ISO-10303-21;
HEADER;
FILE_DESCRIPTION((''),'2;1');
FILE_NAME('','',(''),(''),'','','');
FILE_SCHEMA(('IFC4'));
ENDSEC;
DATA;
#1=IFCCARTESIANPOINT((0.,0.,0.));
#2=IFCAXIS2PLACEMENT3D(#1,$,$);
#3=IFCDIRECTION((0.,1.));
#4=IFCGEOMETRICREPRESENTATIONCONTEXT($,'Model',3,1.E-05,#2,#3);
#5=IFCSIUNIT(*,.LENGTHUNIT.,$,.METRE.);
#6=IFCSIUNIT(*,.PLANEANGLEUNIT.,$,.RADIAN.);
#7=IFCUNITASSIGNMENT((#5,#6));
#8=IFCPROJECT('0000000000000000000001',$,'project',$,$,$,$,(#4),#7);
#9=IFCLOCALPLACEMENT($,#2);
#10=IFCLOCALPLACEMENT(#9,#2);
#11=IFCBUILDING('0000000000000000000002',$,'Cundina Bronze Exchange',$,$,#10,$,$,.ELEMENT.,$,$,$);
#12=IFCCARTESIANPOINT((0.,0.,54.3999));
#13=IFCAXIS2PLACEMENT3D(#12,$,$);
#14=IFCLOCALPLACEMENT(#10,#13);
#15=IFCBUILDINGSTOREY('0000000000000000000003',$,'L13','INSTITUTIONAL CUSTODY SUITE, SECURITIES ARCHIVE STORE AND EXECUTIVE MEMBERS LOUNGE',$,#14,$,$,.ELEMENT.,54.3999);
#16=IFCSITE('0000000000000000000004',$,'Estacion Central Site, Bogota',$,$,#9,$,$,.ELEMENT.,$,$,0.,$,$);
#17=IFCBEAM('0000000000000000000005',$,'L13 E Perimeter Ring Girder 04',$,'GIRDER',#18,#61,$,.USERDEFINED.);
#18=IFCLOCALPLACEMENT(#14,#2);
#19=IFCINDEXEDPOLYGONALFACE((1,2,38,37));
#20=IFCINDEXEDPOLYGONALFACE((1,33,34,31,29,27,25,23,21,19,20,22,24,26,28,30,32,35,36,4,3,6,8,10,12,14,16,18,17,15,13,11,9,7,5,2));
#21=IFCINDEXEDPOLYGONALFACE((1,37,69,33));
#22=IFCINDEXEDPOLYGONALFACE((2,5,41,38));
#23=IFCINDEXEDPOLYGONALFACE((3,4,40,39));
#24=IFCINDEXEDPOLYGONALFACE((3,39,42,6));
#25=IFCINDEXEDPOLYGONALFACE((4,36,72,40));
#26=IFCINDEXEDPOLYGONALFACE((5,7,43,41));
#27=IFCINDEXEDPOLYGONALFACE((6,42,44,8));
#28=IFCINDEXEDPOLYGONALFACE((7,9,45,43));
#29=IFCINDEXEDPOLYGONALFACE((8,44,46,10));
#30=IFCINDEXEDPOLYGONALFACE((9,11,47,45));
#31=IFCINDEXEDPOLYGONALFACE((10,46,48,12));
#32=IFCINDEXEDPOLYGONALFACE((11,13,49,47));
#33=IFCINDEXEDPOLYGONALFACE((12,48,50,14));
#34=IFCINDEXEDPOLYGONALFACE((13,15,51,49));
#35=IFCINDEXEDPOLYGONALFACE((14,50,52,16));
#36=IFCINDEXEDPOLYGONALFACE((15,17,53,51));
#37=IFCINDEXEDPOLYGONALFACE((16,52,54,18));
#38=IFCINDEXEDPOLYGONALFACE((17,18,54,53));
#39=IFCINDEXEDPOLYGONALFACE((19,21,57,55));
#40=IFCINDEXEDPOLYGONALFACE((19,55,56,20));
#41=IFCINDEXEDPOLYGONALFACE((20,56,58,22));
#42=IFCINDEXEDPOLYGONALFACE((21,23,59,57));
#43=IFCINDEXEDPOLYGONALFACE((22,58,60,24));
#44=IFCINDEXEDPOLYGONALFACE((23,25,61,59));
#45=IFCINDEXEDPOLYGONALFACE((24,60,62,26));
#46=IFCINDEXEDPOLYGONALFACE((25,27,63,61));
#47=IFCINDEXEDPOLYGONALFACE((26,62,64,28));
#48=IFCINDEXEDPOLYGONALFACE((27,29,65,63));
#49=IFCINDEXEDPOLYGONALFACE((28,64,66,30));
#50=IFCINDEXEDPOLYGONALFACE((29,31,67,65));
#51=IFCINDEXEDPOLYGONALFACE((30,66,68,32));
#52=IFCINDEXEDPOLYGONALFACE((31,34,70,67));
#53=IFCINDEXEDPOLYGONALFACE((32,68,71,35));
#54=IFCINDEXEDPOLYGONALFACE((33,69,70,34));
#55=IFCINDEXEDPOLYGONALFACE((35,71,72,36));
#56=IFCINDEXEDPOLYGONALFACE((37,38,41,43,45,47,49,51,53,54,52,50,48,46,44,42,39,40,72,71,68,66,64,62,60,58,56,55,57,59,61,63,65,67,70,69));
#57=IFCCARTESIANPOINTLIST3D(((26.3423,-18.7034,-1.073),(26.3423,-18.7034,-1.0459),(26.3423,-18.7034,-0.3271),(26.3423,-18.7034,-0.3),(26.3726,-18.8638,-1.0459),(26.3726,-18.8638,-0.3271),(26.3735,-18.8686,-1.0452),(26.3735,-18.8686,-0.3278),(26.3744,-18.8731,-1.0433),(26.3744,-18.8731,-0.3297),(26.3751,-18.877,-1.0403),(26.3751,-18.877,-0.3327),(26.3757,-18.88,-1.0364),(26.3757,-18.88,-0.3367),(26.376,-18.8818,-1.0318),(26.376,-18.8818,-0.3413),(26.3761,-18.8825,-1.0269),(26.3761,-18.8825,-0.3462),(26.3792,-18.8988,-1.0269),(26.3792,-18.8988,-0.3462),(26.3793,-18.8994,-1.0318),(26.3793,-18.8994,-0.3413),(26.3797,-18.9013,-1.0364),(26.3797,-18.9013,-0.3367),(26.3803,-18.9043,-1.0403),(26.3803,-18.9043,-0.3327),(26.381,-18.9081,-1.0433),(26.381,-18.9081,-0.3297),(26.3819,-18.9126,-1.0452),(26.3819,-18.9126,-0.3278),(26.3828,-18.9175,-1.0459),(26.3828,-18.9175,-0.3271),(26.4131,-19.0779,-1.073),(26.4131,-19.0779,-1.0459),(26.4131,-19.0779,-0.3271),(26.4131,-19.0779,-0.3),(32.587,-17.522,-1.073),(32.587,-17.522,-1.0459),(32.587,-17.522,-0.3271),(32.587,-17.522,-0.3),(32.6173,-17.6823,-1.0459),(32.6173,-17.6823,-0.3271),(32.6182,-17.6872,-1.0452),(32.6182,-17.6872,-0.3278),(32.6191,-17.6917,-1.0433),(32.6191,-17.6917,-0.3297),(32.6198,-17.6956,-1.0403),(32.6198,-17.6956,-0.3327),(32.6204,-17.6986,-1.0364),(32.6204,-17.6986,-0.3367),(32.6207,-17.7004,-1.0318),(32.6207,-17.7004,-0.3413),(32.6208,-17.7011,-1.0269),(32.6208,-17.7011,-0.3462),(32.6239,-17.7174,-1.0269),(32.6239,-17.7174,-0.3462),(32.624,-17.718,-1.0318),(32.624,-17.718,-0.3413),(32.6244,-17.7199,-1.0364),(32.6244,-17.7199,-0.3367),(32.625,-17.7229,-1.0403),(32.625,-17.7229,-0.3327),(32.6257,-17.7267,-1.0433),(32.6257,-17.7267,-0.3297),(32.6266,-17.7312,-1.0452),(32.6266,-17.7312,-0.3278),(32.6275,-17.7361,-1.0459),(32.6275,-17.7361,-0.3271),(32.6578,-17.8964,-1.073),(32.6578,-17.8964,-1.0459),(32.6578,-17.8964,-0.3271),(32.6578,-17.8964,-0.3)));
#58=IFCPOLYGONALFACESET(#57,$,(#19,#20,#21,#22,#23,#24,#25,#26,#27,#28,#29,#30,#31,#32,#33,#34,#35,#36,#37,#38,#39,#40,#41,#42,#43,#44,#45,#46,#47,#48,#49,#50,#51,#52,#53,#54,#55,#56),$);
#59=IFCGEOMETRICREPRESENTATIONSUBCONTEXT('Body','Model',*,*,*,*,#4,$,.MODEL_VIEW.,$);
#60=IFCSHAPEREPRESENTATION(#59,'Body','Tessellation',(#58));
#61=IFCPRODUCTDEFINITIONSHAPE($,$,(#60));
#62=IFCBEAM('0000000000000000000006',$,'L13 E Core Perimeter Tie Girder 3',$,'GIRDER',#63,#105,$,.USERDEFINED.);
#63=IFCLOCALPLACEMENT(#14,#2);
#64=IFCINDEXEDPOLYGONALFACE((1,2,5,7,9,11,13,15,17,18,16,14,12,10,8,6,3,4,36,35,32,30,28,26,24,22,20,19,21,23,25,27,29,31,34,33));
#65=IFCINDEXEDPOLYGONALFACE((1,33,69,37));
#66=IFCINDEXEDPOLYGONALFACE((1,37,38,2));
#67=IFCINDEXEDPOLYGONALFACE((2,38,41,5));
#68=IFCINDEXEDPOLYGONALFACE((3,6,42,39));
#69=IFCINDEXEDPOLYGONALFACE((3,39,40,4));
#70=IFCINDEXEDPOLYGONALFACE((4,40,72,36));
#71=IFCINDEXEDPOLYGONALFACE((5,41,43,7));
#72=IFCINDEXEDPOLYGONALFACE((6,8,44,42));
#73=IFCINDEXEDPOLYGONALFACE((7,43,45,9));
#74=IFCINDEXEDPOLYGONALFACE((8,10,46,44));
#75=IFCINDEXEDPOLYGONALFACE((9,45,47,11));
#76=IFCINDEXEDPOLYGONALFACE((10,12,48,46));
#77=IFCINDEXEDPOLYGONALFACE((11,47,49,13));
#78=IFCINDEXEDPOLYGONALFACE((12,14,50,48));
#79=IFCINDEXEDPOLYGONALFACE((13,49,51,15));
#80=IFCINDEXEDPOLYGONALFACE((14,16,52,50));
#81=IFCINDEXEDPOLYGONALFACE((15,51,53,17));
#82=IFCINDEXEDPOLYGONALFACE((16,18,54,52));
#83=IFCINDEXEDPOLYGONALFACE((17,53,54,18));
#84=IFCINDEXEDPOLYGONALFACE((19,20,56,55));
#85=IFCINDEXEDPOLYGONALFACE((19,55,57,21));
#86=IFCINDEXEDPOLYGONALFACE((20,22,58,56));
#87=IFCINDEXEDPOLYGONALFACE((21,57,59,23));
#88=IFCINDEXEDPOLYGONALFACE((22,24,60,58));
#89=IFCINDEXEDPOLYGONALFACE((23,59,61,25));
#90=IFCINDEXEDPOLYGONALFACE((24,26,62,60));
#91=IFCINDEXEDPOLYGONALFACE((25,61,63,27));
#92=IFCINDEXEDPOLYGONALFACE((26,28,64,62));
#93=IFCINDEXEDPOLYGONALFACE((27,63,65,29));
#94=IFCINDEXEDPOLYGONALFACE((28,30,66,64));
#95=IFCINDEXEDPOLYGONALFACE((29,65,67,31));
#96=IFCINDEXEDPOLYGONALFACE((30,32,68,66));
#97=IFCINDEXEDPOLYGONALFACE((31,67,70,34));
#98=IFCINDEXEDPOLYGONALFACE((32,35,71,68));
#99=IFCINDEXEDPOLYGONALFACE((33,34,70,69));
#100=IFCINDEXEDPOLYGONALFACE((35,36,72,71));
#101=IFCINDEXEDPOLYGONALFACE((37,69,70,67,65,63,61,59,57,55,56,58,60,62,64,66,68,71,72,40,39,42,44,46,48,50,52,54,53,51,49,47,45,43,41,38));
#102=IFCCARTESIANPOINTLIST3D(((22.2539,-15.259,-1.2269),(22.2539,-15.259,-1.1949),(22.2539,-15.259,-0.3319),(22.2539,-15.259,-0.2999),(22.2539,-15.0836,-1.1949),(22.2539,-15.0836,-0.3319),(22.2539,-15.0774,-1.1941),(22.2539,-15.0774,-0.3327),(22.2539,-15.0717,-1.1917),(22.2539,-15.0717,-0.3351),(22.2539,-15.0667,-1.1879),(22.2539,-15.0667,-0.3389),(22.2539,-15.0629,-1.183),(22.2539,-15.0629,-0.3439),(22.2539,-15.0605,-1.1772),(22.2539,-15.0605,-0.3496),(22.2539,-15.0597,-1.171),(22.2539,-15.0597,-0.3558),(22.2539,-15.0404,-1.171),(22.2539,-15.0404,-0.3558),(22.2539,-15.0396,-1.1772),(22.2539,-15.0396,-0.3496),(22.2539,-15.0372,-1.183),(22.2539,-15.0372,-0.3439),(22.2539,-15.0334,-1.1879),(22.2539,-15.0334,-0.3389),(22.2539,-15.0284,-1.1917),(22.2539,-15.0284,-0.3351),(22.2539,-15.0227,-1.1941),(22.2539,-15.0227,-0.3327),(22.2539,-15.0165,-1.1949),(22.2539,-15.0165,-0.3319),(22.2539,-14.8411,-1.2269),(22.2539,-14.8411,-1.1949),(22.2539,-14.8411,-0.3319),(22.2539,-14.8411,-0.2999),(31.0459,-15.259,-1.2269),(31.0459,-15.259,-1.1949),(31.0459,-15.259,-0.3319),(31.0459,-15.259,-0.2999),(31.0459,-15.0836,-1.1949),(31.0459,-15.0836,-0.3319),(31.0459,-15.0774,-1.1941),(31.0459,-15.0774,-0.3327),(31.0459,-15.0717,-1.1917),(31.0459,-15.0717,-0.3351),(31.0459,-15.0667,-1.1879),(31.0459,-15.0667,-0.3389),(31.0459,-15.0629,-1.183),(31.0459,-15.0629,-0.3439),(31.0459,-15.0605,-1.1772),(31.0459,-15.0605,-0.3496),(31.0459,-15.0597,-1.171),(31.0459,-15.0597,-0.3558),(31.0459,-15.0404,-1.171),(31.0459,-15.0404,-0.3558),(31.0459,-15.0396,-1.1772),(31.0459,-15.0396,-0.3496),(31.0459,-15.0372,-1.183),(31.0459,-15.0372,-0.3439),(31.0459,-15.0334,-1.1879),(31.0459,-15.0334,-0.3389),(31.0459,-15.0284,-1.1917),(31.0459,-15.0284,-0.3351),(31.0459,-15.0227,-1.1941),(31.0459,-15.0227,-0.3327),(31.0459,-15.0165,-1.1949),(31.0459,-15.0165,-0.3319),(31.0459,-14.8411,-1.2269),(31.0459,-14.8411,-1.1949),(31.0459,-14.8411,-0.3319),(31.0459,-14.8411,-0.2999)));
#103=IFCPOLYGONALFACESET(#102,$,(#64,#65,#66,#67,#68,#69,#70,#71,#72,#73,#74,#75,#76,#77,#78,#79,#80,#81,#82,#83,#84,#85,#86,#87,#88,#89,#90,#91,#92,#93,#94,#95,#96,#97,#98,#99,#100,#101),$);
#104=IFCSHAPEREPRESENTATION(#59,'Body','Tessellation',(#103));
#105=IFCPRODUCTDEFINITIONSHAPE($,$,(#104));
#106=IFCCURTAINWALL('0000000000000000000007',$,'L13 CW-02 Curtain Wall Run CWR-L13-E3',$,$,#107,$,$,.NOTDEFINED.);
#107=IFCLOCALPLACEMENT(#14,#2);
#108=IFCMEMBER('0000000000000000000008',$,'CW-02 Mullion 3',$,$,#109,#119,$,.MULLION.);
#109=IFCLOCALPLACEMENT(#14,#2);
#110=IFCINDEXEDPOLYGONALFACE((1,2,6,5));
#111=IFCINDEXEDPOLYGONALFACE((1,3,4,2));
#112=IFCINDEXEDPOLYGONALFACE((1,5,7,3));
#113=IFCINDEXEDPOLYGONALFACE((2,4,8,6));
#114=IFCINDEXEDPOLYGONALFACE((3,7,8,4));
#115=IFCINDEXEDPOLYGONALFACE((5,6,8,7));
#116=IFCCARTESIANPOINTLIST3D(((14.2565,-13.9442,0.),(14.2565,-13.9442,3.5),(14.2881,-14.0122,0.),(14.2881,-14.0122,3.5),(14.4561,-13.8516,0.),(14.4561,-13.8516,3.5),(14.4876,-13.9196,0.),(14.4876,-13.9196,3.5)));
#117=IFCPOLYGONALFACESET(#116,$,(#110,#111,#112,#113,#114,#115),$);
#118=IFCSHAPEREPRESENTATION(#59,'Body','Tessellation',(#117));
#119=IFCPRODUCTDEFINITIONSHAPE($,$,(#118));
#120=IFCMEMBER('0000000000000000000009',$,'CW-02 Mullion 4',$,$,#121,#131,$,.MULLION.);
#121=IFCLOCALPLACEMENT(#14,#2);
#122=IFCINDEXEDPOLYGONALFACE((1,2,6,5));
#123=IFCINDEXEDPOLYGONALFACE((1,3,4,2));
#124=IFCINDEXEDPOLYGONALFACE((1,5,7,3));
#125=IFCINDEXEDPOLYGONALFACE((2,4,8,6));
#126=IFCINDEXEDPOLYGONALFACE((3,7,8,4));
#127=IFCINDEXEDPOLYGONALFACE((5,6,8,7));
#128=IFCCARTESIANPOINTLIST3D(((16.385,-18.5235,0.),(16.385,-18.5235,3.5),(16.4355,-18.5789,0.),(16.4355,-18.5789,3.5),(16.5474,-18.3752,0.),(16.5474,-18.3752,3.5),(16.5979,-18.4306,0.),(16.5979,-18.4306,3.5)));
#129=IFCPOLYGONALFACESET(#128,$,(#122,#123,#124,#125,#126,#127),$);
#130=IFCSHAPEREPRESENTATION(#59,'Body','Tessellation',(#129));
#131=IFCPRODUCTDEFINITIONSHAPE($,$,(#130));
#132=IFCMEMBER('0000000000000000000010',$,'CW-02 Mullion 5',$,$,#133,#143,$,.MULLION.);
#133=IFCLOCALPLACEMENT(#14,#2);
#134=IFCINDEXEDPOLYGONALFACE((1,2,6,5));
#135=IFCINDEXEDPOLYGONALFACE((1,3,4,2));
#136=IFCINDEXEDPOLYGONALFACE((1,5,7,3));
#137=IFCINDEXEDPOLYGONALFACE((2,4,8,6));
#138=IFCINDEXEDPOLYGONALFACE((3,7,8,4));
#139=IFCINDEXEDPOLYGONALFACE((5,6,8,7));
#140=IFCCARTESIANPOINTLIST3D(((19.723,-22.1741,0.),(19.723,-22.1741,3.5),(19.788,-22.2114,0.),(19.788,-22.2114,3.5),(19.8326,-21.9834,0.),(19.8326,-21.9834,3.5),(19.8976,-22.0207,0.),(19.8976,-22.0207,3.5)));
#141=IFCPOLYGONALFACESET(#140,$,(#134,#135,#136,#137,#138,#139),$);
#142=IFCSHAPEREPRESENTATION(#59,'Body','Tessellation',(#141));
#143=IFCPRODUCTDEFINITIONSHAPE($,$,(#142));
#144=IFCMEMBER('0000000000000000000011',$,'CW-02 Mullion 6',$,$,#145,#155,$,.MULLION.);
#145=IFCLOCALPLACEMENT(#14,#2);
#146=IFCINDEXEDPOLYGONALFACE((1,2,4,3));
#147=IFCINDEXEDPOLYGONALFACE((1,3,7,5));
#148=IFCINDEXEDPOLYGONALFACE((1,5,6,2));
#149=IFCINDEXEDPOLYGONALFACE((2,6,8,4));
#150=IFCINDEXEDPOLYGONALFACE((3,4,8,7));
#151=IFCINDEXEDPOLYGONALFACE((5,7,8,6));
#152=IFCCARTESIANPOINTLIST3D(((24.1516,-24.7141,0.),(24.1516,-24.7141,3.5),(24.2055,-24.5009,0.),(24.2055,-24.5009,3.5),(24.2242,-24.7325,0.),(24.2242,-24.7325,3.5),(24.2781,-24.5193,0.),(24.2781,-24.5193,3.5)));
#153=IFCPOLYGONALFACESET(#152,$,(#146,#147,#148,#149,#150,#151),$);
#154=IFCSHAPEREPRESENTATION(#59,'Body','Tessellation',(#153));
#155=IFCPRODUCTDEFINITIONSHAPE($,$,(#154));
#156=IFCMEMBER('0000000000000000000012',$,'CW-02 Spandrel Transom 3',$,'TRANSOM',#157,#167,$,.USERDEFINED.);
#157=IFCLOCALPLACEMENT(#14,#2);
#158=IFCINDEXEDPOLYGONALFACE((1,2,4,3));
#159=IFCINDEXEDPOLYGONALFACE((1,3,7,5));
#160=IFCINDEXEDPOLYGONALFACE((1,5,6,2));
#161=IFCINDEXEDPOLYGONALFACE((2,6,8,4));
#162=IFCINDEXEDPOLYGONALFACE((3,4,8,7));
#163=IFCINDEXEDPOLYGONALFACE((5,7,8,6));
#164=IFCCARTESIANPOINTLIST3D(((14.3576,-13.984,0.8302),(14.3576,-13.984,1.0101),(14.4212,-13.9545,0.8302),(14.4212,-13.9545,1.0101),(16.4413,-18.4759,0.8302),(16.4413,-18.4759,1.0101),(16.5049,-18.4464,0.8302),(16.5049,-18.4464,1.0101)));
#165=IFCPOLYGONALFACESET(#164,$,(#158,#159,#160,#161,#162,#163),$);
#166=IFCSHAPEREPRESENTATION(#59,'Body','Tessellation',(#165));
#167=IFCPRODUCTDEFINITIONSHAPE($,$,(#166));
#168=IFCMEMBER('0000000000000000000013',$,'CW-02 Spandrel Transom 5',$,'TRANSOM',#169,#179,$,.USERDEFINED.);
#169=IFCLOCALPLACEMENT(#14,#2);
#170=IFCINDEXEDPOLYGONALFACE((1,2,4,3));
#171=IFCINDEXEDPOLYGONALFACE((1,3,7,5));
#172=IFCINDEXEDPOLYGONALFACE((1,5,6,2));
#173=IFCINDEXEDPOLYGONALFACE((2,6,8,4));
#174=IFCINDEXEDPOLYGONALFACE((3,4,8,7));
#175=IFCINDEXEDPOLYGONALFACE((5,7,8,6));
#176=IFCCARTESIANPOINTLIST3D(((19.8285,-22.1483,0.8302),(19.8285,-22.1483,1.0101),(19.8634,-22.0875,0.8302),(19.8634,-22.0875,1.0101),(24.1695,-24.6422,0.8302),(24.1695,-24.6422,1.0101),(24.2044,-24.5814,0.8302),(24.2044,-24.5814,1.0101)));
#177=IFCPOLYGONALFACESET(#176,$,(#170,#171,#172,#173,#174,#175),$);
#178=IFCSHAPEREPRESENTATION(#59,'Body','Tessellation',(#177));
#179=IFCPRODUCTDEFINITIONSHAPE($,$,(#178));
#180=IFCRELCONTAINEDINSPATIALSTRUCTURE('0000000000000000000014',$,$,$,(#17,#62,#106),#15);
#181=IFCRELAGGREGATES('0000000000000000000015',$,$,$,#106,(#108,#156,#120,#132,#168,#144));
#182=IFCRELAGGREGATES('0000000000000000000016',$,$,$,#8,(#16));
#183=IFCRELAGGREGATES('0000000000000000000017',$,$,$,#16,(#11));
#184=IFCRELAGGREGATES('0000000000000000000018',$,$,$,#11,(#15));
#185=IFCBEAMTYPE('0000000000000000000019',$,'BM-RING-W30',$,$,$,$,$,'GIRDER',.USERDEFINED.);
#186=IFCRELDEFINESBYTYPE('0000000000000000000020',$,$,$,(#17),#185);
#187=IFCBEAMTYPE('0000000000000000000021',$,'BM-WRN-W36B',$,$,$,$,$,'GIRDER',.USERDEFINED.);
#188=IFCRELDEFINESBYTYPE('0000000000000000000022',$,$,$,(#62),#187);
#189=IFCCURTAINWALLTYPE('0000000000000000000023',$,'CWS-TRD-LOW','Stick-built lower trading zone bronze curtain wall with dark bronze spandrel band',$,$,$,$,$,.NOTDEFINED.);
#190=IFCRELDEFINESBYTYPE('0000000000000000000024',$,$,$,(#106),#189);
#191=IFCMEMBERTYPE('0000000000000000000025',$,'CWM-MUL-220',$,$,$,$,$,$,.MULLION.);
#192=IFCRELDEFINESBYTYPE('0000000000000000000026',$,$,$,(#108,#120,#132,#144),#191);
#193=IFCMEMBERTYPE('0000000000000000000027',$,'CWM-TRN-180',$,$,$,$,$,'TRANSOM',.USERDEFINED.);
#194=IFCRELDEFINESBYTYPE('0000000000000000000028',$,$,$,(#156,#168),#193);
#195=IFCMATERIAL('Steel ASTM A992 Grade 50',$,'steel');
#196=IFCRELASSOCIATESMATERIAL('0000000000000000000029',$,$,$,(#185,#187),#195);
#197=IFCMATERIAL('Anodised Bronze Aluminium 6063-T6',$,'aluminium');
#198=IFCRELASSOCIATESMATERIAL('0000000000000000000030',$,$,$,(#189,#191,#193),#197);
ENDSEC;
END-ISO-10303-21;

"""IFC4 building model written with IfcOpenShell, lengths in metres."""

from ifc_helpers import new_model, si_unit, direction, frame, origin, origin_2d, place, context, subcontext, project, spatial, rectangle, i_section, extrude, material, material_profile, profile_set, type_object, element, aggregate, save


model = new_model("IFC4")

# Units and contexts
model_context = context("Model", 3, precision=1e-05, world=origin(), true_north=direction((0.0, 1.0)))
body_context = subcontext(model_context, "Body", "Model", "MODEL_VIEW")
ifc_project = project(units=[si_unit("LENGTHUNIT", "METRE"), si_unit("PLANEANGLEUNIT", "RADIAN")], contexts=[model_context])

# Site, building, storey
site_placement = place(None, origin())
site = spatial("IfcSite", under=ifc_project, at=site_placement, Name="Estacion Central Site, Bogota", CompositionType="ELEMENT", RefElevation=0.0)
building_placement = place(site_placement, origin())
building = spatial("IfcBuilding", under=site, at=building_placement, Name="Cundina Bronze Exchange", CompositionType="ELEMENT")
storey_placement = place(building_placement, frame((0.0, 0.0, 54.3999)))
storey = spatial("IfcBuildingStorey", under=building, at=storey_placement, Name="L13", Description="INSTITUTIONAL CUSTODY SUITE, SECURITIES ARCHIVE STORE AND EXECUTIVE MEMBERS LOUNGE", CompositionType="ELEMENT", Elevation=54.3999)

# Shared definitions
ifc_material_1 = material(Name="Steel ASTM A992 Grade 50", Category="steel")

# Beams
ifc_material_profile_1 = material_profile(ifc_material_1, i_section(OverallWidth=0.3811, OverallDepth=0.7729, WebThickness=0.0166, FlangeThickness=0.0271, FilletRadius=0.019, at=origin_2d()), Name="W30X173", Category="steel")
ifc_profile_set_1 = profile_set([ifc_material_profile_1], Name="Steel ASTM A992 Grade 50")
beam_type_1 = type_object("IfcBeamType", Name="BM-RING-W30", ElementType="GIRDER", PredefinedType="USERDEFINED", material=ifc_profile_set_1)
beam_1_placement = place(storey_placement, frame((26.3777, -18.8906, -0.6865), z_axis=(0.982571, 0.185889, 0.0), x_axis=(-0.185889, 0.982571, 0.0)))
element("IfcBeam", 1, at=beam_1_placement, inside=storey, type_object=beam_type_1, Name="L13 E Perimeter Ring Girder 04", ObjectType="GIRDER", PredefinedType="USERDEFINED", context=body_context, shape_type="SweptSolid", body=[
    extrude(i_section(OverallWidth=0.3811, OverallDepth=0.7729, WebThickness=0.0166, FlangeThickness=0.0271, FilletRadius=0.019, at=origin_2d()), origin(), (0.0, 0.0, 1.0), 6.3555),
])
ifc_material_profile_2 = material_profile(ifc_material_1, i_section(OverallWidth=0.418, OverallDepth=0.927, WebThickness=0.0193, FlangeThickness=0.032, FilletRadius=0.0239, at=origin_2d()), Name="W36X231", Category="steel")
ifc_profile_set_2 = profile_set([ifc_material_profile_2], Name="Steel ASTM A992 Grade 50")
beam_type_2 = type_object("IfcBeamType", Name="BM-WRN-W36B", ElementType="GIRDER", PredefinedType="USERDEFINED", material=ifc_profile_set_2)
beam_2_placement = place(storey_placement, frame((22.2539, -15.05, -0.7634), z_axis=(1.0, 0.0, 0.0), x_axis=(0.0, 1.0, 0.0)))
element("IfcBeam", 2, at=beam_2_placement, inside=storey, type_object=beam_type_2, Name="L13 E Core Perimeter Tie Girder 3", ObjectType="GIRDER", PredefinedType="USERDEFINED", context=body_context, shape_type="SweptSolid", body=[
    extrude(i_section(OverallWidth=0.418, OverallDepth=0.927, WebThickness=0.0193, FlangeThickness=0.032, FilletRadius=0.0239, at=origin_2d()), origin(), (0.0, 0.0, 1.0), 8.792),
])

# Curtain wall, members
ifc_material_2 = material(Name="Anodised Bronze Aluminium 6063-T6", Category="aluminium")
curtain_wall_type = type_object("IfcCurtainWallType", Name="CWS-TRD-LOW", Description="Stick-built lower trading zone bronze curtain wall with dark bronze spandrel band", PredefinedType="NOTDEFINED", material=ifc_material_2)
curtain_wall_placement = place(storey_placement, origin())
curtain_wall = element("IfcCurtainWall", 3, at=curtain_wall_placement, inside=storey, type_object=curtain_wall_type, Name="L13 CW-02 Curtain Wall Run CWR-L13-E3", PredefinedType="NOTDEFINED")
ifc_material_profile_3 = material_profile(ifc_material_2, rectangle(XDim=0.075, YDim=0.22, at=origin_2d()), Name="AL75X220", Category="aluminium")
ifc_profile_set_3 = profile_set([ifc_material_profile_3], Name="Anodised Bronze Aluminium 6063-T6")
member_type_1 = type_object("IfcMemberType", Name="CWM-MUL-220", PredefinedType="MULLION", material=ifc_profile_set_3)
member_1_placement = place(storey_placement, frame((14.3721, -13.9319, 0.0), z_axis=(0.0, 0.0, 1.0), x_axis=(0.420877, -0.907117, 0.0)))
member_1 = element("IfcMember", 4, at=member_1_placement, type_object=member_type_1, Name="CW-02 Mullion 3", PredefinedType="MULLION", context=body_context, shape_type="SweptSolid", body=[
    extrude(rectangle(XDim=0.075, YDim=0.22, at=origin_2d()), origin(), (0.0, 0.0, 1.0), 3.5),
])
member_2_placement = place(storey_placement, frame((16.4915, -18.4771, 0.0), z_axis=(0.0, 0.0, 1.0), x_axis=(0.674302, -0.738455, 0.0)))
member_2 = element("IfcMember", 5, at=member_2_placement, type_object=member_type_1, Name="CW-02 Mullion 4", PredefinedType="MULLION", context=body_context, shape_type="SweptSolid", body=[
    extrude(rectangle(XDim=0.075, YDim=0.22, at=origin_2d()), origin(), (0.0, 0.0, 1.0), 3.5),
])
member_3_placement = place(storey_placement, frame((19.8103, -22.0974, 0.0), z_axis=(0.0, 0.0, 1.0), x_axis=(0.867071, -0.498185, 0.0)))
member_3 = element("IfcMember", 6, at=member_3_placement, type_object=member_type_1, Name="CW-02 Mullion 5", PredefinedType="MULLION", context=body_context, shape_type="SweptSolid", body=[
    extrude(rectangle(XDim=0.075, YDim=0.22, at=origin_2d()), origin(), (0.0, 0.0, 1.0), 3.5),
])
member_4_placement = place(storey_placement, frame((24.2148, -24.6167, 0.0), z_axis=(0.0, 0.0, 1.0), x_axis=(0.969488, -0.245138, 0.0)))
member_4 = element("IfcMember", 7, at=member_4_placement, type_object=member_type_1, Name="CW-02 Mullion 6", PredefinedType="MULLION", context=body_context, shape_type="SweptSolid", body=[
    extrude(rectangle(XDim=0.075, YDim=0.22, at=origin_2d()), origin(), (0.0, 0.0, 1.0), 3.5),
])
ifc_material_profile_4 = material_profile(ifc_material_2, rectangle(XDim=0.0701, YDim=0.1799, at=origin_2d()), Name="AL70X180", Category="aluminium")
ifc_profile_set_4 = profile_set([ifc_material_profile_4], Name="Anodised Bronze Aluminium 6063-T6")
member_type_2 = type_object("IfcMemberType", Name="CWM-TRN-180", ElementType="TRANSOM", PredefinedType="USERDEFINED", material=ifc_profile_set_4)
member_5_placement = place(storey_placement, frame((14.3894, -13.9692, 0.9202), z_axis=(0.420811, -0.907148, 0.0), x_axis=(0.907148, 0.420811, 0.0)))
member_5 = element("IfcMember", 8, at=member_5_placement, type_object=member_type_2, Name="CW-02 Spandrel Transom 3", ObjectType="TRANSOM", PredefinedType="USERDEFINED", context=body_context, shape_type="SweptSolid", body=[
    extrude(rectangle(XDim=0.0701, YDim=0.1799, at=origin_2d()), origin(), (0.0, 0.0, 1.0), 4.9517),
])
member_6_placement = place(storey_placement, frame((19.8459, -22.1179, 0.9202), z_axis=(0.867097, -0.498139, 0.0), x_axis=(0.498139, 0.867097, 0.0)))
member_6 = element("IfcMember", 9, at=member_6_placement, type_object=member_type_2, Name="CW-02 Spandrel Transom 5", ObjectType="TRANSOM", PredefinedType="USERDEFINED", context=body_context, shape_type="SweptSolid", body=[
    extrude(rectangle(XDim=0.0701, YDim=0.1799, at=origin_2d()), origin(), (0.0, 0.0, 1.0), 5.0063),
])
aggregate(curtain_wall, [member_1, member_5, member_2, member_3, member_6, member_4])

save(model, "model.ifc")
